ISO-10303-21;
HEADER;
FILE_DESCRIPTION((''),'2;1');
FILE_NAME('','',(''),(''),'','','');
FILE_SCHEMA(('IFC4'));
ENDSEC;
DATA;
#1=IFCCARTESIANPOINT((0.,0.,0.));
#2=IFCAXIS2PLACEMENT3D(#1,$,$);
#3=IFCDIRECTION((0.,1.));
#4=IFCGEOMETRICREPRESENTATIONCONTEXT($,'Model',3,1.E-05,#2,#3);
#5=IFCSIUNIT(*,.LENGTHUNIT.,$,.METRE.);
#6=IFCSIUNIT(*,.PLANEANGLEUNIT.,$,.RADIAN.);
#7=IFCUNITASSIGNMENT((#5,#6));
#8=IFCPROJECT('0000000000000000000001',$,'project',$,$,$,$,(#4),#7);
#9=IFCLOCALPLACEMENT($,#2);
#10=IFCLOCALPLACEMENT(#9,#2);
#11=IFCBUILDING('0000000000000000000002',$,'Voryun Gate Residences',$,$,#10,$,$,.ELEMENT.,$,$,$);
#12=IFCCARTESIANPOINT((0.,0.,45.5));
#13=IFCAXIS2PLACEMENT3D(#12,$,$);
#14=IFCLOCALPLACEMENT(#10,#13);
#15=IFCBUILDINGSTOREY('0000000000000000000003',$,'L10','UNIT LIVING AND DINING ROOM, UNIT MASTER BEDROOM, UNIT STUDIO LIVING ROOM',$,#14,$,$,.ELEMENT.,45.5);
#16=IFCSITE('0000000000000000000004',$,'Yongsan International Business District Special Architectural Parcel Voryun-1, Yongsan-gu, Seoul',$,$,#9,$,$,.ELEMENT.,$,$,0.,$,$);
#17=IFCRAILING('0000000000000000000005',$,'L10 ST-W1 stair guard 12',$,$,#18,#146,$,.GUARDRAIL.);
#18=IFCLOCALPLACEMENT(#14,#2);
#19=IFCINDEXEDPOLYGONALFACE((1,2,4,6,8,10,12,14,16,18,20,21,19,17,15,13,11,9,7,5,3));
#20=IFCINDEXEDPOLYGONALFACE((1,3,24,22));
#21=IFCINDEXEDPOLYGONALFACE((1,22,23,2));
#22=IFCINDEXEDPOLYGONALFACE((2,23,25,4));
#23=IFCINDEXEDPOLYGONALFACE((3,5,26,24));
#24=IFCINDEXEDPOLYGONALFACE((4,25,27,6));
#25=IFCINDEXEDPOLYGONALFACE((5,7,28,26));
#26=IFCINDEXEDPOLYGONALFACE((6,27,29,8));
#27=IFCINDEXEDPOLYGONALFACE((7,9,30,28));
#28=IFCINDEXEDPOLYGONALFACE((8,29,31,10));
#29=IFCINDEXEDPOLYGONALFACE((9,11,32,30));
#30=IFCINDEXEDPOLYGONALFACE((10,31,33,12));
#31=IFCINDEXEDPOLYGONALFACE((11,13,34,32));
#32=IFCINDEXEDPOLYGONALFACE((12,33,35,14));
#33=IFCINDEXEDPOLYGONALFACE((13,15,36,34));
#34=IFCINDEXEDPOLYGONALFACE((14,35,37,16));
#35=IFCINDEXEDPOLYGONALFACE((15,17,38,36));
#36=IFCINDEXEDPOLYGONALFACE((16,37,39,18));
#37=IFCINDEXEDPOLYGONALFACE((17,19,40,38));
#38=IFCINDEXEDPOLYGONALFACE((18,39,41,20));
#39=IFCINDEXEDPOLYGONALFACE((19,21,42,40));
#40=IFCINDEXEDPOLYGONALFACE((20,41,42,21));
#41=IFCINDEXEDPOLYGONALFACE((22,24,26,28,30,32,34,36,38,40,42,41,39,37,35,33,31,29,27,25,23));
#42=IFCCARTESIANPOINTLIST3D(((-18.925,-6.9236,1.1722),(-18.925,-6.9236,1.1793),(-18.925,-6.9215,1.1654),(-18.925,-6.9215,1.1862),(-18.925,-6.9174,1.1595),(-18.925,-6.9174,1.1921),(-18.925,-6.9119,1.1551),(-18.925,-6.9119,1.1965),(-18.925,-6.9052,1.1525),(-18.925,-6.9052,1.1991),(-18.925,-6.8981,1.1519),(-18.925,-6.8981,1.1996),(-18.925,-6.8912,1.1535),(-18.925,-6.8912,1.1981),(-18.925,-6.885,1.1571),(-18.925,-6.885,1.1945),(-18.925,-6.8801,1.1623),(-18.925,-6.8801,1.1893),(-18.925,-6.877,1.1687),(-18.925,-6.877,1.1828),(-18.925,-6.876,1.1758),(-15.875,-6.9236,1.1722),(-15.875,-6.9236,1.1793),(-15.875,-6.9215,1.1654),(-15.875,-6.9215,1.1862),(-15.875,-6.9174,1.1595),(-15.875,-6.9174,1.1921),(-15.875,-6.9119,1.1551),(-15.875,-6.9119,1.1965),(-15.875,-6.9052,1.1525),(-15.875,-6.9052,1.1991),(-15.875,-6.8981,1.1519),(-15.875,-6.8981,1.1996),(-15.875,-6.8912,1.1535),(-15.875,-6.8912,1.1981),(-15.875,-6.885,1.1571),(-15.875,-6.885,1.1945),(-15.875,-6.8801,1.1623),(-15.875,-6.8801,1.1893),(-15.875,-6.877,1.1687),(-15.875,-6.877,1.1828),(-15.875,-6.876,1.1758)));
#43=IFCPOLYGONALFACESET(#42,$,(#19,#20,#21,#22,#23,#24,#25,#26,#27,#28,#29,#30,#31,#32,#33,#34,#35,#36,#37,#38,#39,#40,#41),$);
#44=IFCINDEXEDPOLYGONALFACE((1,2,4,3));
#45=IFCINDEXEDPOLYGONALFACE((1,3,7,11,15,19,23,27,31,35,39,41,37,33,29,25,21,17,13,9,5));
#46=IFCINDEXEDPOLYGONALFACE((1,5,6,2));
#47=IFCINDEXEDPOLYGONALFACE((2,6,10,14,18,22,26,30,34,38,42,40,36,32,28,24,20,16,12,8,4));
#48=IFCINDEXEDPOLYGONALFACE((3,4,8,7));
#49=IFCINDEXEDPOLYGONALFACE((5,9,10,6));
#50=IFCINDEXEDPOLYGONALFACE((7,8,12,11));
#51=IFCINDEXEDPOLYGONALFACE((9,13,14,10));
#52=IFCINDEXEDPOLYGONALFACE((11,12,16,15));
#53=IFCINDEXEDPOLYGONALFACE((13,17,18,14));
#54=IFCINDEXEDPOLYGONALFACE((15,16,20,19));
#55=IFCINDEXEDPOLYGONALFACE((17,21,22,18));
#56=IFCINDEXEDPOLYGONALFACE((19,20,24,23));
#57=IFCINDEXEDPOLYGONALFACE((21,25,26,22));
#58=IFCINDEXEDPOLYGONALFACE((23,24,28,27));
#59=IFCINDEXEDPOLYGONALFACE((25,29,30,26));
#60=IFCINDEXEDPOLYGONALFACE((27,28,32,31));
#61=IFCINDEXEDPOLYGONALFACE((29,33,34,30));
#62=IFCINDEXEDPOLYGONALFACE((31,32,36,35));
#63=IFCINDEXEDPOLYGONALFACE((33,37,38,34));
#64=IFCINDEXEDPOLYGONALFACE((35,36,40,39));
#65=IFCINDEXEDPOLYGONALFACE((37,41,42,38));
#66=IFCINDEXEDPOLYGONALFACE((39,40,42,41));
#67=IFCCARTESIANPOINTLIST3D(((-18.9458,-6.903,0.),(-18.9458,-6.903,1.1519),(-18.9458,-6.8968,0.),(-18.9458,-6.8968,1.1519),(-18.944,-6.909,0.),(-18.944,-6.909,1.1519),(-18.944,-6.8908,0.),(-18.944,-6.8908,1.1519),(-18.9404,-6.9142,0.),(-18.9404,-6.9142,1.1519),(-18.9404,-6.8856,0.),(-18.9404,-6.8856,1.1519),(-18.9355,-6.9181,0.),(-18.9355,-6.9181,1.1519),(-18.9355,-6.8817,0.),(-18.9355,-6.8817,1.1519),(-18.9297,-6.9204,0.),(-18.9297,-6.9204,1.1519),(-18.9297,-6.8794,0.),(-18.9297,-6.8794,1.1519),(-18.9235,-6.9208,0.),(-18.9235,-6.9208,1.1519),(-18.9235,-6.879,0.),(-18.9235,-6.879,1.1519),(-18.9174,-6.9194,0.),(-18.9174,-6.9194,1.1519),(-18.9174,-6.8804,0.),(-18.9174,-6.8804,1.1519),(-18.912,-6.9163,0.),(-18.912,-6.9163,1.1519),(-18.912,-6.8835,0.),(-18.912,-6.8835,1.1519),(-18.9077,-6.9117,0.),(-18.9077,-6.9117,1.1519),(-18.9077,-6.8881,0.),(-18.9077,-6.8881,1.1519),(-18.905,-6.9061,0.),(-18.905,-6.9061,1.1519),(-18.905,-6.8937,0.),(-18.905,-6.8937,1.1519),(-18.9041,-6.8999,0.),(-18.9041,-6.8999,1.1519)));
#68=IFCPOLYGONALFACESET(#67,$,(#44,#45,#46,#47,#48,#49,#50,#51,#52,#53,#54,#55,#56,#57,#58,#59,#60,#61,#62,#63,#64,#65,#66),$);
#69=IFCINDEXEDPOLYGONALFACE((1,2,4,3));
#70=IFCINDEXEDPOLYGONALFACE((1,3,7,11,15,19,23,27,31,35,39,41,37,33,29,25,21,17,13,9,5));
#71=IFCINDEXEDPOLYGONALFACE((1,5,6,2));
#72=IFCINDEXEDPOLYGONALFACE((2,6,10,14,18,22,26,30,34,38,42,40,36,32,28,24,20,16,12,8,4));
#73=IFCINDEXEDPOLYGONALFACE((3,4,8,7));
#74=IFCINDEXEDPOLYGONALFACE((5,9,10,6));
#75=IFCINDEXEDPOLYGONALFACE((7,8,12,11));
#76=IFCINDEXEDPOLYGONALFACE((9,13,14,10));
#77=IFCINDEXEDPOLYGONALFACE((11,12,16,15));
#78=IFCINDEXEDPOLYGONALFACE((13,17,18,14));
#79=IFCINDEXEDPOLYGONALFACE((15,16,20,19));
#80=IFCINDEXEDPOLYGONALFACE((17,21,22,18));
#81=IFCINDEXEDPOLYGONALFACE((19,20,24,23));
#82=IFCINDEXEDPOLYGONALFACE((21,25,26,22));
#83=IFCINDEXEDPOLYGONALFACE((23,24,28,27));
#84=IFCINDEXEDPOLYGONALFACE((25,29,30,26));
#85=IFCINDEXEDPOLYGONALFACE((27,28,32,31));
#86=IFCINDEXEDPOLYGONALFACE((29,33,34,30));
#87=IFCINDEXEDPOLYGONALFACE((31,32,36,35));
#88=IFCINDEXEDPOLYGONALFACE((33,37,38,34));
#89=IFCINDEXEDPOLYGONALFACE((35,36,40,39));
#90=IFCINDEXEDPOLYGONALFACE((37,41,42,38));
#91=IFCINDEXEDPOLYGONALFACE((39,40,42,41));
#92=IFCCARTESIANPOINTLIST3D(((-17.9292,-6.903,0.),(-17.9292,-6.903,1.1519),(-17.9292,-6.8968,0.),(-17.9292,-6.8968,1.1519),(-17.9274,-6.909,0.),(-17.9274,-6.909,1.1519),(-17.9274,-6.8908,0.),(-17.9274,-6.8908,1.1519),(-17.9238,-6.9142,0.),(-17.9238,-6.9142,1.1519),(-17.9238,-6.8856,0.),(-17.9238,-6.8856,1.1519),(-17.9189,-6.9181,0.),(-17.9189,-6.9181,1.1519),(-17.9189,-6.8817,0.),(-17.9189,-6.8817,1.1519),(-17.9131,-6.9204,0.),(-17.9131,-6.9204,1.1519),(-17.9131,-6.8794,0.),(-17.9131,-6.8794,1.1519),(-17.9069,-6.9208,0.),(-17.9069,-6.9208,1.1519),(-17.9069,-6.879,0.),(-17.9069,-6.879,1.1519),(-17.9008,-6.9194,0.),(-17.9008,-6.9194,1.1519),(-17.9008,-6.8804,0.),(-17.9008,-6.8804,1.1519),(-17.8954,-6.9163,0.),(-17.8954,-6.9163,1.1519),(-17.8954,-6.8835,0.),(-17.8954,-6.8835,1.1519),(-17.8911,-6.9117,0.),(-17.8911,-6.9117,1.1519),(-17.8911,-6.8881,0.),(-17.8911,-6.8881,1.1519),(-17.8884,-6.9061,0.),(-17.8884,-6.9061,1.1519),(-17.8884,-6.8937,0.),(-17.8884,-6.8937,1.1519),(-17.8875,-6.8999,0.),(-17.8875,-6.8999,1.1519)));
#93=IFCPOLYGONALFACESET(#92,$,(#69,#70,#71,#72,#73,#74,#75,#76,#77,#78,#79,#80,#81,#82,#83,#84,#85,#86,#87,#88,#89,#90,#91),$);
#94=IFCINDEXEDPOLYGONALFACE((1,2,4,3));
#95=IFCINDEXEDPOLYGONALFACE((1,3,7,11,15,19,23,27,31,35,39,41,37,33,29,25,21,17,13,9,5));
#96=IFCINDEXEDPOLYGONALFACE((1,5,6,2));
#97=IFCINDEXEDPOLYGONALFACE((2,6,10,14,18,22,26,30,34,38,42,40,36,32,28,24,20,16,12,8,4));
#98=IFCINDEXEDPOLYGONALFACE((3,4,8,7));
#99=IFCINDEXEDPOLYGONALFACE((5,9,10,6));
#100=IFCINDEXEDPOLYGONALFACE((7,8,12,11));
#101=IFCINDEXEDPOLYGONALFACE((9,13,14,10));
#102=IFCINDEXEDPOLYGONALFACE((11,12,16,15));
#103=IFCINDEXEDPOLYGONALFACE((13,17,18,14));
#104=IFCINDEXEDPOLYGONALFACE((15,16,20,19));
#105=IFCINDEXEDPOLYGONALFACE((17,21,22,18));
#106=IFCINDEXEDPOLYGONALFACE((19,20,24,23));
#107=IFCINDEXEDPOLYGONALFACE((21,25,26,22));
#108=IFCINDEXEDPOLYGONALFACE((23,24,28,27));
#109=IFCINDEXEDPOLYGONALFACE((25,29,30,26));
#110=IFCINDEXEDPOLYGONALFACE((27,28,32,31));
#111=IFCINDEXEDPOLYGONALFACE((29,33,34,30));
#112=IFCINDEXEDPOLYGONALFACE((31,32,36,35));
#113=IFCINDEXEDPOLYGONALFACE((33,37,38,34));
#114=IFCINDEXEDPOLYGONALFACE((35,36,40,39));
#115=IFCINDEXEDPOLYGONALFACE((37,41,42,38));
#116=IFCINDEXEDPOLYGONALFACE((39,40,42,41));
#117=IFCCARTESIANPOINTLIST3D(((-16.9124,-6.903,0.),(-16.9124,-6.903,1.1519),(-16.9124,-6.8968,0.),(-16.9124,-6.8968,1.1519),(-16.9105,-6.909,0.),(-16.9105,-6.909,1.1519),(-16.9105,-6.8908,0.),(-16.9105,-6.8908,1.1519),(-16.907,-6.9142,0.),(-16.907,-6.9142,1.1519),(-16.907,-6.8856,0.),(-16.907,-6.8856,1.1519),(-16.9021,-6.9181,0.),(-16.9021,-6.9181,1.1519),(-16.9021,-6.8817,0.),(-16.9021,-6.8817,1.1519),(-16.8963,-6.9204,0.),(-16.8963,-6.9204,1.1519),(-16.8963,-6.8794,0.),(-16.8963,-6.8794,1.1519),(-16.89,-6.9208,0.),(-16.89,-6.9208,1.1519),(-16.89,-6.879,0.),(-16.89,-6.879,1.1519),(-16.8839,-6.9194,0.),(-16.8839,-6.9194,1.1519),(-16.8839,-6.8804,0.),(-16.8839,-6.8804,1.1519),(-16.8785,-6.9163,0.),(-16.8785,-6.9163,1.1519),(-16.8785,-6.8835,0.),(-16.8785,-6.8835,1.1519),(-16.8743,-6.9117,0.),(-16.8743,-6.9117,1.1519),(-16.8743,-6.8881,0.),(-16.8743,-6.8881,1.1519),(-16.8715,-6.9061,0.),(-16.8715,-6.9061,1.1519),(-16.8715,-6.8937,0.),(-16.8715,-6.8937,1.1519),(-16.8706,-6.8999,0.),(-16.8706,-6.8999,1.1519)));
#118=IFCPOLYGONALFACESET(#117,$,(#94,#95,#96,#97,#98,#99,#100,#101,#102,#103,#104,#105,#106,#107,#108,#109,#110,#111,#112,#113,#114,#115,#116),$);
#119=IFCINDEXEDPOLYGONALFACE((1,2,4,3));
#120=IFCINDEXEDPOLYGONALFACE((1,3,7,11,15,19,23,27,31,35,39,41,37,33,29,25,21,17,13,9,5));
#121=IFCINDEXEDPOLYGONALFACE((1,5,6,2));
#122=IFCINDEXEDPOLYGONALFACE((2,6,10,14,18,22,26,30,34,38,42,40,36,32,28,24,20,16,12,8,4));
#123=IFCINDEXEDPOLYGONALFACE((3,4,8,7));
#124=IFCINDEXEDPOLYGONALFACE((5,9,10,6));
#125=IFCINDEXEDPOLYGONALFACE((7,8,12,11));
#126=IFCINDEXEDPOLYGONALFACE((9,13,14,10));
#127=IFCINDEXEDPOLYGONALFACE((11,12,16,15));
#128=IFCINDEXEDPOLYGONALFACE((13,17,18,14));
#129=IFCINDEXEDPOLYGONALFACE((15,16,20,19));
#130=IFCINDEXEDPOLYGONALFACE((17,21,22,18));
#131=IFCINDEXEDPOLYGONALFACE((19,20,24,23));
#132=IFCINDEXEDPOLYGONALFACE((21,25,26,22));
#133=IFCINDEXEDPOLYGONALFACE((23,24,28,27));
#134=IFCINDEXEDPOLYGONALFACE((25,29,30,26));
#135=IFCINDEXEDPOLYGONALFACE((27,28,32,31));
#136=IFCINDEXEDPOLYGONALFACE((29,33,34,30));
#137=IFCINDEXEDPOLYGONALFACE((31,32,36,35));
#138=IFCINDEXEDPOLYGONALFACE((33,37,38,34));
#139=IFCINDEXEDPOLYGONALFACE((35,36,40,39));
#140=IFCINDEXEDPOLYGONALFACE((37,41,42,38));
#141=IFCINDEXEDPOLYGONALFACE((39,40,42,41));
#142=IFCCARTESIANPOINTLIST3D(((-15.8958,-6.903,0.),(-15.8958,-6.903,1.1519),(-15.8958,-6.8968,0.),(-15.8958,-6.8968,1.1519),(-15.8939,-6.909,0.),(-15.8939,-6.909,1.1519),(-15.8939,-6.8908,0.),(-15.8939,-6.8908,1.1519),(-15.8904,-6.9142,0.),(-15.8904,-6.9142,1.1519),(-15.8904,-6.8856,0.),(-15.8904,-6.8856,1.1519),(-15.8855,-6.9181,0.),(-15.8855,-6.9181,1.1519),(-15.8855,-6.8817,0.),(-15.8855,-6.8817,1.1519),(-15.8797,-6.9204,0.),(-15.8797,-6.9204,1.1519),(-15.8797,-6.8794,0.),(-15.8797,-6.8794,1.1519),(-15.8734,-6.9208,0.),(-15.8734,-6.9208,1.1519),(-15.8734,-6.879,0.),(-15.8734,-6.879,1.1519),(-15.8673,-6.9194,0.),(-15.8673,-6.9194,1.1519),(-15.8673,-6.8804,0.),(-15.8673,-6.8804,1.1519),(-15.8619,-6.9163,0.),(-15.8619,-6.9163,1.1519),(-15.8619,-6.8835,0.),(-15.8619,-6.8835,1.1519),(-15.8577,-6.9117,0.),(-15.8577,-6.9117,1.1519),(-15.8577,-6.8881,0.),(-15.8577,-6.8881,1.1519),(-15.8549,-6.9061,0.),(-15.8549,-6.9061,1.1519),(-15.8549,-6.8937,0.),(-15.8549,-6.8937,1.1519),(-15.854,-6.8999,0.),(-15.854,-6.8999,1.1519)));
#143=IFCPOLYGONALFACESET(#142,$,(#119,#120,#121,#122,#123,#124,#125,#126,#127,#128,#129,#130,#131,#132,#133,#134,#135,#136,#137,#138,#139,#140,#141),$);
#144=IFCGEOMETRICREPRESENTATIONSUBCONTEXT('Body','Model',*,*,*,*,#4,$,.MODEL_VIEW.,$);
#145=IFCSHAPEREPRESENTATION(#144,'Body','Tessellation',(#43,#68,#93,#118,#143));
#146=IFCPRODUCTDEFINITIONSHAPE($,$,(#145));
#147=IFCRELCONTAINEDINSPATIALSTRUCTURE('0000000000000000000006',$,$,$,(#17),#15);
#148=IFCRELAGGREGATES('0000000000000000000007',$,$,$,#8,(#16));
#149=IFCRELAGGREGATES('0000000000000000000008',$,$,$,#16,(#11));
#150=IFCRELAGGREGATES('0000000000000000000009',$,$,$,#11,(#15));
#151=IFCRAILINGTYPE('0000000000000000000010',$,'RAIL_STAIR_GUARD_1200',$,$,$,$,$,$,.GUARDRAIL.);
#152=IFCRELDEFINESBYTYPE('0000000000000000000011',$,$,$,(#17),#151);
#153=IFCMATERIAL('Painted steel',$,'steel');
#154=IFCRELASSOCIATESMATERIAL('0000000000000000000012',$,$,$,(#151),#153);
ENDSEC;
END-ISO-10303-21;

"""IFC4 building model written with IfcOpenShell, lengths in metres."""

from ifc_helpers import new_model, si_unit, direction, frame, origin, origin_2d, place, context, subcontext, project, spatial, circle, extrude, material, type_object, element, save


model = new_model("IFC4")

# Units and contexts
model_context = context("Model", 3, precision=1e-05, world=origin(), true_north=direction((0.0, 1.0)))
body_context = subcontext(model_context, "Body", "Model", "MODEL_VIEW")
ifc_project = project(units=[si_unit("LENGTHUNIT", "METRE"), si_unit("PLANEANGLEUNIT", "RADIAN")], contexts=[model_context])

# Site, building, storey
site_placement = place(None, origin())
site = spatial("IfcSite", under=ifc_project, at=site_placement, Name="Yongsan International Business District Special Architectural Parcel Voryun-1, Yongsan-gu, Seoul", CompositionType="ELEMENT", RefElevation=0.0)
building_placement = place(site_placement, origin())
building = spatial("IfcBuilding", under=site, at=building_placement, Name="Voryun Gate Residences", CompositionType="ELEMENT")
storey_placement = place(building_placement, frame((0.0, 0.0, 45.5)))
storey = spatial("IfcBuildingStorey", under=building, at=storey_placement, Name="L10", Description="UNIT LIVING AND DINING ROOM, UNIT MASTER BEDROOM, UNIT STUDIO LIVING ROOM", CompositionType="ELEMENT", Elevation=45.5)

# Railing
ifc_material_1 = material(Name="Painted steel", Category="steel")
railing_type = type_object("IfcRailingType", Name="RAIL_STAIR_GUARD_1200", PredefinedType="GUARDRAIL", material=ifc_material_1)
railing_1_placement = place(storey_placement, frame((-18.925, -6.8999, 0.0)))
element("IfcRailing", 1, at=railing_1_placement, inside=storey, type_object=railing_type, Name="L10 ST-W1 stair guard 12", PredefinedType="GUARDRAIL", context=body_context, shape_type="SweptSolid", body=[
    extrude(circle(Radius=0.0239, at=origin_2d()), frame((0.0, 0.0, 1.1758), z_axis=(1.0, 0.0, 0.0), x_axis=(0.0, 1.0, 0.0)), (0.0, 0.0, 1.0), 3.05),
    extrude(circle(Radius=0.021, at=origin_2d()), origin(), (0.0, 0.0, 1.0), 1.1519),
    extrude(circle(Radius=0.021, at=origin_2d()), frame((1.0166, 0.0, 0.0)), (0.0, 0.0, 1.0), 1.1519),
    extrude(circle(Radius=0.021, at=origin_2d()), frame((2.0334, 0.0, 0.0)), (0.0, 0.0, 1.0), 1.1519),
    extrude(circle(Radius=0.021, at=origin_2d()), frame((3.05, 0.0, 0.0)), (0.0, 0.0, 1.0), 1.1519),
])

save(model, "model.ifc")
